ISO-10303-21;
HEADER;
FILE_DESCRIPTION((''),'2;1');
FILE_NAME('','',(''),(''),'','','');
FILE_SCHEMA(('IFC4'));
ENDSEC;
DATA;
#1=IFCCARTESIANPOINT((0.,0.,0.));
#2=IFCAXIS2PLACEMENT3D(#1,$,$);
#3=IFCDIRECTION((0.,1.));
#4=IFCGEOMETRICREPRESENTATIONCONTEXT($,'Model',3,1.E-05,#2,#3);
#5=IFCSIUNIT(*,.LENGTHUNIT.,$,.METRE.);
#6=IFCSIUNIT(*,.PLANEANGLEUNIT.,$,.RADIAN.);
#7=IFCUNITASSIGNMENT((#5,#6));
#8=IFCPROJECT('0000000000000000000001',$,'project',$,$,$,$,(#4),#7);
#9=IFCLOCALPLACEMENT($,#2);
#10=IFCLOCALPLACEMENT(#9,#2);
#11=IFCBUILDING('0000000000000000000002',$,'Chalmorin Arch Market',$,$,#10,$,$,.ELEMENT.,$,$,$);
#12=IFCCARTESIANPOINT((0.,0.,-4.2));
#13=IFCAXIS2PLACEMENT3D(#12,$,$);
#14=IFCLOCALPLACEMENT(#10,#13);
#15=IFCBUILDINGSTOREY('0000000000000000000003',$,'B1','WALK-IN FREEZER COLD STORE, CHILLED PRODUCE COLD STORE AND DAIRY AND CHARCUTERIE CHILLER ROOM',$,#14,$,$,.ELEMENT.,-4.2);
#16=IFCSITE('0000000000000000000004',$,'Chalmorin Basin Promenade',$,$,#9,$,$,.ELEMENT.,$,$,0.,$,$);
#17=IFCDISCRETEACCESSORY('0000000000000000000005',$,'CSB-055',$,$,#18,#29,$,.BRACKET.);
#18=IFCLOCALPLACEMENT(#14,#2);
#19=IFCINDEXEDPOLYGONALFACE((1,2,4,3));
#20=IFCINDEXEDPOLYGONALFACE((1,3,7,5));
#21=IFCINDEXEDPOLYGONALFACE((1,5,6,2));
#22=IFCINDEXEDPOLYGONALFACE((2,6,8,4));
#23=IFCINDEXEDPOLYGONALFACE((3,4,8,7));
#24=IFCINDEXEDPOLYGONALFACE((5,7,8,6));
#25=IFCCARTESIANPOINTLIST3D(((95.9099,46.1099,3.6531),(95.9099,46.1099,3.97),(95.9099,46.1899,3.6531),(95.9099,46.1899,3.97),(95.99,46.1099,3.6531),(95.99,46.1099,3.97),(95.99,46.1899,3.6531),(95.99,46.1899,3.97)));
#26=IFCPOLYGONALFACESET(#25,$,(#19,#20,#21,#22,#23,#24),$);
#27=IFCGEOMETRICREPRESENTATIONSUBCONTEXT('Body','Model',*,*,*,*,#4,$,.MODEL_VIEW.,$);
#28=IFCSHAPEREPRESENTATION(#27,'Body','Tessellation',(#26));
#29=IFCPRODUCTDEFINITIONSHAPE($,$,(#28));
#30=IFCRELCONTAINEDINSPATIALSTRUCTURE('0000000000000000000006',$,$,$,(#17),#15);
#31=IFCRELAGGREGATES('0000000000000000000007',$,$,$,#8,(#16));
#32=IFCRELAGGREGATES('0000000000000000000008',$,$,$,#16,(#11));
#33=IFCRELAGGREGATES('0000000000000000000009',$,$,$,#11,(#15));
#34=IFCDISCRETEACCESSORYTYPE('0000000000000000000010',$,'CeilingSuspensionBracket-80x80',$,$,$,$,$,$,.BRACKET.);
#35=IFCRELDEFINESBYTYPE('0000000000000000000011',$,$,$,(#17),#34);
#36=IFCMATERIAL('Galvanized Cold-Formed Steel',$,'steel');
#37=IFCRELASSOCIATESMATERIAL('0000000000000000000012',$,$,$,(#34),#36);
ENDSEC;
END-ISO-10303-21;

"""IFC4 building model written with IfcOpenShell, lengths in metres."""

from ifc_helpers import new_model, si_unit, direction, frame, origin, origin_2d, place, context, subcontext, project, spatial, rectangle, extrude, material, type_object, element, save


model = new_model("IFC4")

# Units and contexts
model_context = context("Model", 3, precision=1e-05, world=origin(), true_north=direction((0.0, 1.0)))
body_context = subcontext(model_context, "Body", "Model", "MODEL_VIEW")
ifc_project = project(units=[si_unit("LENGTHUNIT", "METRE"), si_unit("PLANEANGLEUNIT", "RADIAN")], contexts=[model_context])

# Site, building, storey
site_placement = place(None, origin())
site = spatial("IfcSite", under=ifc_project, at=site_placement, Name="Chalmorin Basin Promenade", CompositionType="ELEMENT", RefElevation=0.0)
building_placement = place(site_placement, origin())
building = spatial("IfcBuilding", under=site, at=building_placement, Name="Chalmorin Arch Market", CompositionType="ELEMENT")
storey_placement = place(building_placement, frame((0.0, 0.0, -4.2)))
storey = spatial("IfcBuildingStorey", under=building, at=storey_placement, Name="B1", Description="WALK-IN FREEZER COLD STORE, CHILLED PRODUCE COLD STORE AND DAIRY AND CHARCUTERIE CHILLER ROOM", CompositionType="ELEMENT", Elevation=-4.2)

# Discrete accessory
ifc_material_1 = material(Name="Galvanized Cold-Formed Steel", Category="steel")
discrete_accessory_type = type_object("IfcDiscreteAccessoryType", Name="CeilingSuspensionBracket-80x80", PredefinedType="BRACKET", material=ifc_material_1)
discrete_accessory_placement = place(storey_placement, frame((95.95, 46.1499, 3.6531), z_axis=(0.0, 0.0, 1.0), x_axis=(1.0, 0.0, 0.0)))
element("IfcDiscreteAccessory", 1, at=discrete_accessory_placement, inside=storey, type_object=discrete_accessory_type, Name="CSB-055", PredefinedType="BRACKET", context=body_context, shape_type="SweptSolid", body=[
    extrude(rectangle(XDim=0.0801, YDim=0.0801, at=origin_2d()), origin(), (0.0, 0.0, 1.0), 0.3169),
])

save(model, "model.ifc")
